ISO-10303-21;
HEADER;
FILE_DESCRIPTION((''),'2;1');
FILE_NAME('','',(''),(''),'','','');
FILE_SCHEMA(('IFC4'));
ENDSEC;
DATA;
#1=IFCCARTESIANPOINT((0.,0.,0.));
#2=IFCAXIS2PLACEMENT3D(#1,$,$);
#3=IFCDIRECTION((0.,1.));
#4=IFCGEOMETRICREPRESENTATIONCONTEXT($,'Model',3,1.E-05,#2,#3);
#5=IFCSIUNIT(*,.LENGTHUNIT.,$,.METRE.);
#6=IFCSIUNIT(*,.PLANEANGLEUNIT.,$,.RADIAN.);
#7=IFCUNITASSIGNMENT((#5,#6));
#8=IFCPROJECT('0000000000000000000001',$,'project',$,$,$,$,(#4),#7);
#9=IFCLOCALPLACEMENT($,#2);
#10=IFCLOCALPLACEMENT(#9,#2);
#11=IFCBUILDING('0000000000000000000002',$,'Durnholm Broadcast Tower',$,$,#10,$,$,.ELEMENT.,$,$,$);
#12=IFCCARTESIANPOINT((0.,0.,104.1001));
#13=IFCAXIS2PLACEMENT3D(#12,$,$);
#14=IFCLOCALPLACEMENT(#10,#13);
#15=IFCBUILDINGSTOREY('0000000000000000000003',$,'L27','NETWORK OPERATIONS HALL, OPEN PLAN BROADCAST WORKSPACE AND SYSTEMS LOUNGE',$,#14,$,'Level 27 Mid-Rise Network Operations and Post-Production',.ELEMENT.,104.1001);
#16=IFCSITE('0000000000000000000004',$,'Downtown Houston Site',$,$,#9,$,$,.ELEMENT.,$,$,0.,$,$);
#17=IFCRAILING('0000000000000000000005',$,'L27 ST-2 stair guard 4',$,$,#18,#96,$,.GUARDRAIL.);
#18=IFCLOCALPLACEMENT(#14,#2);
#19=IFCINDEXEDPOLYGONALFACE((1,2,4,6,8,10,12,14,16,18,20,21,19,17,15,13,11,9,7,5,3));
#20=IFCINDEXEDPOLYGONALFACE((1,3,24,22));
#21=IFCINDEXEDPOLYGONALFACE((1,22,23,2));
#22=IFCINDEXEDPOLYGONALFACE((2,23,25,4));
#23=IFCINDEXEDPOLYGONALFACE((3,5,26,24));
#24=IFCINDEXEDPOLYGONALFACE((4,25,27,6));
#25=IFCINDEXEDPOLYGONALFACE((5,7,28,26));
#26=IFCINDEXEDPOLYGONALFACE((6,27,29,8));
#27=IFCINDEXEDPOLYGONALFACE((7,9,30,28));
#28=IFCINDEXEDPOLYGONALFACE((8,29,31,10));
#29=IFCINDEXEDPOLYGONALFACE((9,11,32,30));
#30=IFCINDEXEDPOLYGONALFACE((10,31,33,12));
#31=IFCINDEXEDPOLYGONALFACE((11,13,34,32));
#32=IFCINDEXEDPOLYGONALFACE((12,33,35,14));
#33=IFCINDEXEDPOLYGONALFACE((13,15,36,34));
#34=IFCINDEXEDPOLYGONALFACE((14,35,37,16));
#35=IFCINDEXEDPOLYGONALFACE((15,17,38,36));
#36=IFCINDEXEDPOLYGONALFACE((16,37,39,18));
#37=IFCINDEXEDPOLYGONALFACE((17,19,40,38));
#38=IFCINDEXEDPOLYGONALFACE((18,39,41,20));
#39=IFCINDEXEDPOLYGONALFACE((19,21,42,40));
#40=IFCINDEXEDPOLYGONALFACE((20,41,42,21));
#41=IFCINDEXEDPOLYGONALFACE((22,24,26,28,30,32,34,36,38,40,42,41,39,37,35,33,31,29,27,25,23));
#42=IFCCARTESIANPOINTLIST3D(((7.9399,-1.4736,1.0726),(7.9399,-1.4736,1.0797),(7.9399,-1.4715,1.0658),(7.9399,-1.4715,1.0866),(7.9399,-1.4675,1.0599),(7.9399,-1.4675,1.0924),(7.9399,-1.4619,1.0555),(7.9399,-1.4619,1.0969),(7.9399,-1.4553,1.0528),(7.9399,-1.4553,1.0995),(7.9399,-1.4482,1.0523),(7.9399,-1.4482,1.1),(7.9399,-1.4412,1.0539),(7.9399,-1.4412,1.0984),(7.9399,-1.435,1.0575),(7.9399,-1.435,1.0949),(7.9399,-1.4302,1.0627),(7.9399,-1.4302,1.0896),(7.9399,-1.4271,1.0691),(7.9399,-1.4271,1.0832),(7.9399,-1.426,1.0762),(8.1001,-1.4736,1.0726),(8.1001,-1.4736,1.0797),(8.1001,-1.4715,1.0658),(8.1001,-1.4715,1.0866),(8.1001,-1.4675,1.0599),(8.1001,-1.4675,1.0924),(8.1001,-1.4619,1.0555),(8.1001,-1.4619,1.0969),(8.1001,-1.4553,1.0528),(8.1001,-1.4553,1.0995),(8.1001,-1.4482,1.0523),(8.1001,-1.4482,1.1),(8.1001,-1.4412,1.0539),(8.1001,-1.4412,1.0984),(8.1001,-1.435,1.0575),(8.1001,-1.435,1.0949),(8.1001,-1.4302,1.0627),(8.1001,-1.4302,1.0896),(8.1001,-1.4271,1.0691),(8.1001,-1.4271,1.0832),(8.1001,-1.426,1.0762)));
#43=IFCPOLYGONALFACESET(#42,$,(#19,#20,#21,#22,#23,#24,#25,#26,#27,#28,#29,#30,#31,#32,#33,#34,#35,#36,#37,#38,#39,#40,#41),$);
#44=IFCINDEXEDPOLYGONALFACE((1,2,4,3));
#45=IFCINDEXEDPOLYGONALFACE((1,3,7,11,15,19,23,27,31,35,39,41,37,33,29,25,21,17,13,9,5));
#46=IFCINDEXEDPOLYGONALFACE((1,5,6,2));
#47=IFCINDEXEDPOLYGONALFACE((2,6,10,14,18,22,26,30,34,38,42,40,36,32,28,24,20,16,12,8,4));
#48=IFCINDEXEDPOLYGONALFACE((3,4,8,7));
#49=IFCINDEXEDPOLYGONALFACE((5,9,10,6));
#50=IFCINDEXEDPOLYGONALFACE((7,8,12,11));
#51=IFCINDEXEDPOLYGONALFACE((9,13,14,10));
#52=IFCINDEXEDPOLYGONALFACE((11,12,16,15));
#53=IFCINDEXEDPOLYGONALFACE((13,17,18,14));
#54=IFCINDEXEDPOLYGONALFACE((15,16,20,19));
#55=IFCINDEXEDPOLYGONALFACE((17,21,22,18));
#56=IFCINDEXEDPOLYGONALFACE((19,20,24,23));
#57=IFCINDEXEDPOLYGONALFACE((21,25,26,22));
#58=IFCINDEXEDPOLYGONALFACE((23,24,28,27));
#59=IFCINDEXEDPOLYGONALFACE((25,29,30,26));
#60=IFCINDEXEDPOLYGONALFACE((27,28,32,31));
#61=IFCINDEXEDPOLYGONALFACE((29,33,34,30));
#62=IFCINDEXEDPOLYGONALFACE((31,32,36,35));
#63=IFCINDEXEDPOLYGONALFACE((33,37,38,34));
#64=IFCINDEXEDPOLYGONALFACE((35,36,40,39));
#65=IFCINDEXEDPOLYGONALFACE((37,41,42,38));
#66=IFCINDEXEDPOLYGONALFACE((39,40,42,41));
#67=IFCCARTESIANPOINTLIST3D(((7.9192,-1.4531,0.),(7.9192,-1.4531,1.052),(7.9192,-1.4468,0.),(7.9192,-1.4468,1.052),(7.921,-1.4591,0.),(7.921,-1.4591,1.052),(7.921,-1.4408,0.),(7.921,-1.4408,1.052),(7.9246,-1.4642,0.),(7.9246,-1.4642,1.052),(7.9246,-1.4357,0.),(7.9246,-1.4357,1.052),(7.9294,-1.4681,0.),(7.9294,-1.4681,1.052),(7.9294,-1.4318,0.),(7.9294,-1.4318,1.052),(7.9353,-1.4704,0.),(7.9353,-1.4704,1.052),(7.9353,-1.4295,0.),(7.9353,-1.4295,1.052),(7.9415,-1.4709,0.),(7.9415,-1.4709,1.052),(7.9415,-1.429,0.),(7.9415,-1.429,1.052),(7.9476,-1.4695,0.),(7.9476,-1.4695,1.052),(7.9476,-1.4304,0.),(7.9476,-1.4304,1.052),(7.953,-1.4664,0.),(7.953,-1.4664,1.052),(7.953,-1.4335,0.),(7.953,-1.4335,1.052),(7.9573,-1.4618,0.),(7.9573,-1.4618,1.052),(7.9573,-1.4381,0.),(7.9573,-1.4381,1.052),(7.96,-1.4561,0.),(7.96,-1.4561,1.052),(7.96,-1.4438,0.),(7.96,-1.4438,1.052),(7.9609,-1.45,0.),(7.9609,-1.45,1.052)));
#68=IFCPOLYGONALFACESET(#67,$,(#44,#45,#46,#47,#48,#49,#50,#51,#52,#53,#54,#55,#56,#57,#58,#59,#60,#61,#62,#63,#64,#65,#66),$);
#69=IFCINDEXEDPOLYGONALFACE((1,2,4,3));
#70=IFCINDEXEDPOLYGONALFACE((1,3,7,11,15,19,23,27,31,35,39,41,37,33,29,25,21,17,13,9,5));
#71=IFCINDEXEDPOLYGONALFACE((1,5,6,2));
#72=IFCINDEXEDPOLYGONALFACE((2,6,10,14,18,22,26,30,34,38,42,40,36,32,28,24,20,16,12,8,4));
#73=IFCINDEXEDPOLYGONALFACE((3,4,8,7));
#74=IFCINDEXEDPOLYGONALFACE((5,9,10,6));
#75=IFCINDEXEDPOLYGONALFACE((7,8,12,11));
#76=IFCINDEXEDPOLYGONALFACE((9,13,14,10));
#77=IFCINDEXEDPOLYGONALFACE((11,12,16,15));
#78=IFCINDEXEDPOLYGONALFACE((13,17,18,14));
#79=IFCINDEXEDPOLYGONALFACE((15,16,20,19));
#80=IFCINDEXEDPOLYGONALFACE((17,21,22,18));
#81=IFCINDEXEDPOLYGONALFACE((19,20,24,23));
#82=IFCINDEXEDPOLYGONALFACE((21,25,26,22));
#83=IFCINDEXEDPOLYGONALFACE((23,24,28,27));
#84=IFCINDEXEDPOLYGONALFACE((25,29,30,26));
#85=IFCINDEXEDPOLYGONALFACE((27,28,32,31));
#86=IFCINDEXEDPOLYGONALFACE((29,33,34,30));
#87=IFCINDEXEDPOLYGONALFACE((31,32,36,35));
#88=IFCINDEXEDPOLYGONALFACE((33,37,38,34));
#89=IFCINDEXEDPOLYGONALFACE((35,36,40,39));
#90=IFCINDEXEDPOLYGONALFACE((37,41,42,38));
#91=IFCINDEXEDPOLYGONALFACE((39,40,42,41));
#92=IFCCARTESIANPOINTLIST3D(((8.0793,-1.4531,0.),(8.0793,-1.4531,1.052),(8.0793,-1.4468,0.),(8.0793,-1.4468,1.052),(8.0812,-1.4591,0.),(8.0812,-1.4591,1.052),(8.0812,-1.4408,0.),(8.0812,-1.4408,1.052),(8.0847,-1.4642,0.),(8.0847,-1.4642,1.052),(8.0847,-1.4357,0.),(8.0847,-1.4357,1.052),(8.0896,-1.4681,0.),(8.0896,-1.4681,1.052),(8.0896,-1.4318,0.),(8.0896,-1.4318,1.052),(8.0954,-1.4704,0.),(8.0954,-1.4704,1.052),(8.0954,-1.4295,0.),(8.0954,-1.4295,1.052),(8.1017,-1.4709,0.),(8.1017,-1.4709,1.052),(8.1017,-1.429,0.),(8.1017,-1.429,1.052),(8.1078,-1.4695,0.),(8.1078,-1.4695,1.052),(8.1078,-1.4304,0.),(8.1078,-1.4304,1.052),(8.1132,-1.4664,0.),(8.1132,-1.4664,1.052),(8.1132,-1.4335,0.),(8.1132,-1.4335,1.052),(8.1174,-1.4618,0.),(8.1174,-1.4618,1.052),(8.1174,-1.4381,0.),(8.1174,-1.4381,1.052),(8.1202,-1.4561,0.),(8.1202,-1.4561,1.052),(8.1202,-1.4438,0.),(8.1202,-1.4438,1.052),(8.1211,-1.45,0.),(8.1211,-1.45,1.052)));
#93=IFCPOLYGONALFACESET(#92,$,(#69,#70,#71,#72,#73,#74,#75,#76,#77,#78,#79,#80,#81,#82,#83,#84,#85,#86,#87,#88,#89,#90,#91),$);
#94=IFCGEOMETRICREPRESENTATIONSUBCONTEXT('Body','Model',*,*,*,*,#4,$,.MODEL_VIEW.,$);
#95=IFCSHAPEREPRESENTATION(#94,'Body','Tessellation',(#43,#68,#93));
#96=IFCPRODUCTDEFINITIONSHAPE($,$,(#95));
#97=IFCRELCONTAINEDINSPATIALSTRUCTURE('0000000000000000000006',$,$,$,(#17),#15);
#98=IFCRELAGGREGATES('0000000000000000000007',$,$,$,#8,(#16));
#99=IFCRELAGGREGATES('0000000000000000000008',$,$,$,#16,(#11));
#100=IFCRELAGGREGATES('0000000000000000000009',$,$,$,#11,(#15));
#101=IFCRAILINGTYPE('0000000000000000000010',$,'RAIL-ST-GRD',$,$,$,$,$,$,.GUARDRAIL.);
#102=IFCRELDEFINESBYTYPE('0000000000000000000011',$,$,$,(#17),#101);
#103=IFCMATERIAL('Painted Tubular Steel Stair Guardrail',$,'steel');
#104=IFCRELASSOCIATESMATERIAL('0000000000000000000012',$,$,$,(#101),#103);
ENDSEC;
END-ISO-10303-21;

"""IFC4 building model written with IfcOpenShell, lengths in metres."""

from ifc_helpers import new_model, si_unit, direction, frame, origin, origin_2d, place, context, subcontext, project, spatial, circle, extrude, material, type_object, element, save


model = new_model("IFC4")

# Units and contexts
model_context = context("Model", 3, precision=1e-05, world=origin(), true_north=direction((0.0, 1.0)))
body_context = subcontext(model_context, "Body", "Model", "MODEL_VIEW")
ifc_project = project(units=[si_unit("LENGTHUNIT", "METRE"), si_unit("PLANEANGLEUNIT", "RADIAN")], contexts=[model_context])

# Site, building, storey
site_placement = place(None, origin())
site = spatial("IfcSite", under=ifc_project, at=site_placement, Name="Downtown Houston Site", CompositionType="ELEMENT", RefElevation=0.0)
building_placement = place(site_placement, origin())
building = spatial("IfcBuilding", under=site, at=building_placement, Name="Durnholm Broadcast Tower", CompositionType="ELEMENT")
storey_placement = place(building_placement, frame((0.0, 0.0, 104.1001)))
storey = spatial("IfcBuildingStorey", under=building, at=storey_placement, Name="L27", Description="NETWORK OPERATIONS HALL, OPEN PLAN BROADCAST WORKSPACE AND SYSTEMS LOUNGE", LongName="Level 27 Mid-Rise Network Operations and Post-Production", CompositionType="ELEMENT", Elevation=104.1001)

# Railing
ifc_material_1 = material(Name="Painted Tubular Steel Stair Guardrail", Category="steel")
railing_type_1 = type_object("IfcRailingType", Name="RAIL-ST-GRD", PredefinedType="GUARDRAIL", material=ifc_material_1)
railing_1_placement = place(storey_placement, frame((7.9399, -1.45, 0.0)))
element("IfcRailing", 1, at=railing_1_placement, inside=storey, type_object=railing_type_1, Name="L27 ST-2 stair guard 4", PredefinedType="GUARDRAIL", context=body_context, shape_type="SweptSolid", body=[
    extrude(circle(Radius=0.0239, at=origin_2d()), frame((0.0, 0.0, 1.0762), z_axis=(1.0, 0.0, 0.0), x_axis=(0.0, 1.0, 0.0)), (0.0, 0.0, 1.0), 0.1602),
    extrude(circle(Radius=0.021, at=origin_2d()), origin(), (0.0, 0.0, 1.0), 1.052),
    extrude(circle(Radius=0.021, at=origin_2d()), frame((0.1602, 0.0, 0.0)), (0.0, 0.0, 1.0), 1.052),
])

save(model, "model.ifc")
